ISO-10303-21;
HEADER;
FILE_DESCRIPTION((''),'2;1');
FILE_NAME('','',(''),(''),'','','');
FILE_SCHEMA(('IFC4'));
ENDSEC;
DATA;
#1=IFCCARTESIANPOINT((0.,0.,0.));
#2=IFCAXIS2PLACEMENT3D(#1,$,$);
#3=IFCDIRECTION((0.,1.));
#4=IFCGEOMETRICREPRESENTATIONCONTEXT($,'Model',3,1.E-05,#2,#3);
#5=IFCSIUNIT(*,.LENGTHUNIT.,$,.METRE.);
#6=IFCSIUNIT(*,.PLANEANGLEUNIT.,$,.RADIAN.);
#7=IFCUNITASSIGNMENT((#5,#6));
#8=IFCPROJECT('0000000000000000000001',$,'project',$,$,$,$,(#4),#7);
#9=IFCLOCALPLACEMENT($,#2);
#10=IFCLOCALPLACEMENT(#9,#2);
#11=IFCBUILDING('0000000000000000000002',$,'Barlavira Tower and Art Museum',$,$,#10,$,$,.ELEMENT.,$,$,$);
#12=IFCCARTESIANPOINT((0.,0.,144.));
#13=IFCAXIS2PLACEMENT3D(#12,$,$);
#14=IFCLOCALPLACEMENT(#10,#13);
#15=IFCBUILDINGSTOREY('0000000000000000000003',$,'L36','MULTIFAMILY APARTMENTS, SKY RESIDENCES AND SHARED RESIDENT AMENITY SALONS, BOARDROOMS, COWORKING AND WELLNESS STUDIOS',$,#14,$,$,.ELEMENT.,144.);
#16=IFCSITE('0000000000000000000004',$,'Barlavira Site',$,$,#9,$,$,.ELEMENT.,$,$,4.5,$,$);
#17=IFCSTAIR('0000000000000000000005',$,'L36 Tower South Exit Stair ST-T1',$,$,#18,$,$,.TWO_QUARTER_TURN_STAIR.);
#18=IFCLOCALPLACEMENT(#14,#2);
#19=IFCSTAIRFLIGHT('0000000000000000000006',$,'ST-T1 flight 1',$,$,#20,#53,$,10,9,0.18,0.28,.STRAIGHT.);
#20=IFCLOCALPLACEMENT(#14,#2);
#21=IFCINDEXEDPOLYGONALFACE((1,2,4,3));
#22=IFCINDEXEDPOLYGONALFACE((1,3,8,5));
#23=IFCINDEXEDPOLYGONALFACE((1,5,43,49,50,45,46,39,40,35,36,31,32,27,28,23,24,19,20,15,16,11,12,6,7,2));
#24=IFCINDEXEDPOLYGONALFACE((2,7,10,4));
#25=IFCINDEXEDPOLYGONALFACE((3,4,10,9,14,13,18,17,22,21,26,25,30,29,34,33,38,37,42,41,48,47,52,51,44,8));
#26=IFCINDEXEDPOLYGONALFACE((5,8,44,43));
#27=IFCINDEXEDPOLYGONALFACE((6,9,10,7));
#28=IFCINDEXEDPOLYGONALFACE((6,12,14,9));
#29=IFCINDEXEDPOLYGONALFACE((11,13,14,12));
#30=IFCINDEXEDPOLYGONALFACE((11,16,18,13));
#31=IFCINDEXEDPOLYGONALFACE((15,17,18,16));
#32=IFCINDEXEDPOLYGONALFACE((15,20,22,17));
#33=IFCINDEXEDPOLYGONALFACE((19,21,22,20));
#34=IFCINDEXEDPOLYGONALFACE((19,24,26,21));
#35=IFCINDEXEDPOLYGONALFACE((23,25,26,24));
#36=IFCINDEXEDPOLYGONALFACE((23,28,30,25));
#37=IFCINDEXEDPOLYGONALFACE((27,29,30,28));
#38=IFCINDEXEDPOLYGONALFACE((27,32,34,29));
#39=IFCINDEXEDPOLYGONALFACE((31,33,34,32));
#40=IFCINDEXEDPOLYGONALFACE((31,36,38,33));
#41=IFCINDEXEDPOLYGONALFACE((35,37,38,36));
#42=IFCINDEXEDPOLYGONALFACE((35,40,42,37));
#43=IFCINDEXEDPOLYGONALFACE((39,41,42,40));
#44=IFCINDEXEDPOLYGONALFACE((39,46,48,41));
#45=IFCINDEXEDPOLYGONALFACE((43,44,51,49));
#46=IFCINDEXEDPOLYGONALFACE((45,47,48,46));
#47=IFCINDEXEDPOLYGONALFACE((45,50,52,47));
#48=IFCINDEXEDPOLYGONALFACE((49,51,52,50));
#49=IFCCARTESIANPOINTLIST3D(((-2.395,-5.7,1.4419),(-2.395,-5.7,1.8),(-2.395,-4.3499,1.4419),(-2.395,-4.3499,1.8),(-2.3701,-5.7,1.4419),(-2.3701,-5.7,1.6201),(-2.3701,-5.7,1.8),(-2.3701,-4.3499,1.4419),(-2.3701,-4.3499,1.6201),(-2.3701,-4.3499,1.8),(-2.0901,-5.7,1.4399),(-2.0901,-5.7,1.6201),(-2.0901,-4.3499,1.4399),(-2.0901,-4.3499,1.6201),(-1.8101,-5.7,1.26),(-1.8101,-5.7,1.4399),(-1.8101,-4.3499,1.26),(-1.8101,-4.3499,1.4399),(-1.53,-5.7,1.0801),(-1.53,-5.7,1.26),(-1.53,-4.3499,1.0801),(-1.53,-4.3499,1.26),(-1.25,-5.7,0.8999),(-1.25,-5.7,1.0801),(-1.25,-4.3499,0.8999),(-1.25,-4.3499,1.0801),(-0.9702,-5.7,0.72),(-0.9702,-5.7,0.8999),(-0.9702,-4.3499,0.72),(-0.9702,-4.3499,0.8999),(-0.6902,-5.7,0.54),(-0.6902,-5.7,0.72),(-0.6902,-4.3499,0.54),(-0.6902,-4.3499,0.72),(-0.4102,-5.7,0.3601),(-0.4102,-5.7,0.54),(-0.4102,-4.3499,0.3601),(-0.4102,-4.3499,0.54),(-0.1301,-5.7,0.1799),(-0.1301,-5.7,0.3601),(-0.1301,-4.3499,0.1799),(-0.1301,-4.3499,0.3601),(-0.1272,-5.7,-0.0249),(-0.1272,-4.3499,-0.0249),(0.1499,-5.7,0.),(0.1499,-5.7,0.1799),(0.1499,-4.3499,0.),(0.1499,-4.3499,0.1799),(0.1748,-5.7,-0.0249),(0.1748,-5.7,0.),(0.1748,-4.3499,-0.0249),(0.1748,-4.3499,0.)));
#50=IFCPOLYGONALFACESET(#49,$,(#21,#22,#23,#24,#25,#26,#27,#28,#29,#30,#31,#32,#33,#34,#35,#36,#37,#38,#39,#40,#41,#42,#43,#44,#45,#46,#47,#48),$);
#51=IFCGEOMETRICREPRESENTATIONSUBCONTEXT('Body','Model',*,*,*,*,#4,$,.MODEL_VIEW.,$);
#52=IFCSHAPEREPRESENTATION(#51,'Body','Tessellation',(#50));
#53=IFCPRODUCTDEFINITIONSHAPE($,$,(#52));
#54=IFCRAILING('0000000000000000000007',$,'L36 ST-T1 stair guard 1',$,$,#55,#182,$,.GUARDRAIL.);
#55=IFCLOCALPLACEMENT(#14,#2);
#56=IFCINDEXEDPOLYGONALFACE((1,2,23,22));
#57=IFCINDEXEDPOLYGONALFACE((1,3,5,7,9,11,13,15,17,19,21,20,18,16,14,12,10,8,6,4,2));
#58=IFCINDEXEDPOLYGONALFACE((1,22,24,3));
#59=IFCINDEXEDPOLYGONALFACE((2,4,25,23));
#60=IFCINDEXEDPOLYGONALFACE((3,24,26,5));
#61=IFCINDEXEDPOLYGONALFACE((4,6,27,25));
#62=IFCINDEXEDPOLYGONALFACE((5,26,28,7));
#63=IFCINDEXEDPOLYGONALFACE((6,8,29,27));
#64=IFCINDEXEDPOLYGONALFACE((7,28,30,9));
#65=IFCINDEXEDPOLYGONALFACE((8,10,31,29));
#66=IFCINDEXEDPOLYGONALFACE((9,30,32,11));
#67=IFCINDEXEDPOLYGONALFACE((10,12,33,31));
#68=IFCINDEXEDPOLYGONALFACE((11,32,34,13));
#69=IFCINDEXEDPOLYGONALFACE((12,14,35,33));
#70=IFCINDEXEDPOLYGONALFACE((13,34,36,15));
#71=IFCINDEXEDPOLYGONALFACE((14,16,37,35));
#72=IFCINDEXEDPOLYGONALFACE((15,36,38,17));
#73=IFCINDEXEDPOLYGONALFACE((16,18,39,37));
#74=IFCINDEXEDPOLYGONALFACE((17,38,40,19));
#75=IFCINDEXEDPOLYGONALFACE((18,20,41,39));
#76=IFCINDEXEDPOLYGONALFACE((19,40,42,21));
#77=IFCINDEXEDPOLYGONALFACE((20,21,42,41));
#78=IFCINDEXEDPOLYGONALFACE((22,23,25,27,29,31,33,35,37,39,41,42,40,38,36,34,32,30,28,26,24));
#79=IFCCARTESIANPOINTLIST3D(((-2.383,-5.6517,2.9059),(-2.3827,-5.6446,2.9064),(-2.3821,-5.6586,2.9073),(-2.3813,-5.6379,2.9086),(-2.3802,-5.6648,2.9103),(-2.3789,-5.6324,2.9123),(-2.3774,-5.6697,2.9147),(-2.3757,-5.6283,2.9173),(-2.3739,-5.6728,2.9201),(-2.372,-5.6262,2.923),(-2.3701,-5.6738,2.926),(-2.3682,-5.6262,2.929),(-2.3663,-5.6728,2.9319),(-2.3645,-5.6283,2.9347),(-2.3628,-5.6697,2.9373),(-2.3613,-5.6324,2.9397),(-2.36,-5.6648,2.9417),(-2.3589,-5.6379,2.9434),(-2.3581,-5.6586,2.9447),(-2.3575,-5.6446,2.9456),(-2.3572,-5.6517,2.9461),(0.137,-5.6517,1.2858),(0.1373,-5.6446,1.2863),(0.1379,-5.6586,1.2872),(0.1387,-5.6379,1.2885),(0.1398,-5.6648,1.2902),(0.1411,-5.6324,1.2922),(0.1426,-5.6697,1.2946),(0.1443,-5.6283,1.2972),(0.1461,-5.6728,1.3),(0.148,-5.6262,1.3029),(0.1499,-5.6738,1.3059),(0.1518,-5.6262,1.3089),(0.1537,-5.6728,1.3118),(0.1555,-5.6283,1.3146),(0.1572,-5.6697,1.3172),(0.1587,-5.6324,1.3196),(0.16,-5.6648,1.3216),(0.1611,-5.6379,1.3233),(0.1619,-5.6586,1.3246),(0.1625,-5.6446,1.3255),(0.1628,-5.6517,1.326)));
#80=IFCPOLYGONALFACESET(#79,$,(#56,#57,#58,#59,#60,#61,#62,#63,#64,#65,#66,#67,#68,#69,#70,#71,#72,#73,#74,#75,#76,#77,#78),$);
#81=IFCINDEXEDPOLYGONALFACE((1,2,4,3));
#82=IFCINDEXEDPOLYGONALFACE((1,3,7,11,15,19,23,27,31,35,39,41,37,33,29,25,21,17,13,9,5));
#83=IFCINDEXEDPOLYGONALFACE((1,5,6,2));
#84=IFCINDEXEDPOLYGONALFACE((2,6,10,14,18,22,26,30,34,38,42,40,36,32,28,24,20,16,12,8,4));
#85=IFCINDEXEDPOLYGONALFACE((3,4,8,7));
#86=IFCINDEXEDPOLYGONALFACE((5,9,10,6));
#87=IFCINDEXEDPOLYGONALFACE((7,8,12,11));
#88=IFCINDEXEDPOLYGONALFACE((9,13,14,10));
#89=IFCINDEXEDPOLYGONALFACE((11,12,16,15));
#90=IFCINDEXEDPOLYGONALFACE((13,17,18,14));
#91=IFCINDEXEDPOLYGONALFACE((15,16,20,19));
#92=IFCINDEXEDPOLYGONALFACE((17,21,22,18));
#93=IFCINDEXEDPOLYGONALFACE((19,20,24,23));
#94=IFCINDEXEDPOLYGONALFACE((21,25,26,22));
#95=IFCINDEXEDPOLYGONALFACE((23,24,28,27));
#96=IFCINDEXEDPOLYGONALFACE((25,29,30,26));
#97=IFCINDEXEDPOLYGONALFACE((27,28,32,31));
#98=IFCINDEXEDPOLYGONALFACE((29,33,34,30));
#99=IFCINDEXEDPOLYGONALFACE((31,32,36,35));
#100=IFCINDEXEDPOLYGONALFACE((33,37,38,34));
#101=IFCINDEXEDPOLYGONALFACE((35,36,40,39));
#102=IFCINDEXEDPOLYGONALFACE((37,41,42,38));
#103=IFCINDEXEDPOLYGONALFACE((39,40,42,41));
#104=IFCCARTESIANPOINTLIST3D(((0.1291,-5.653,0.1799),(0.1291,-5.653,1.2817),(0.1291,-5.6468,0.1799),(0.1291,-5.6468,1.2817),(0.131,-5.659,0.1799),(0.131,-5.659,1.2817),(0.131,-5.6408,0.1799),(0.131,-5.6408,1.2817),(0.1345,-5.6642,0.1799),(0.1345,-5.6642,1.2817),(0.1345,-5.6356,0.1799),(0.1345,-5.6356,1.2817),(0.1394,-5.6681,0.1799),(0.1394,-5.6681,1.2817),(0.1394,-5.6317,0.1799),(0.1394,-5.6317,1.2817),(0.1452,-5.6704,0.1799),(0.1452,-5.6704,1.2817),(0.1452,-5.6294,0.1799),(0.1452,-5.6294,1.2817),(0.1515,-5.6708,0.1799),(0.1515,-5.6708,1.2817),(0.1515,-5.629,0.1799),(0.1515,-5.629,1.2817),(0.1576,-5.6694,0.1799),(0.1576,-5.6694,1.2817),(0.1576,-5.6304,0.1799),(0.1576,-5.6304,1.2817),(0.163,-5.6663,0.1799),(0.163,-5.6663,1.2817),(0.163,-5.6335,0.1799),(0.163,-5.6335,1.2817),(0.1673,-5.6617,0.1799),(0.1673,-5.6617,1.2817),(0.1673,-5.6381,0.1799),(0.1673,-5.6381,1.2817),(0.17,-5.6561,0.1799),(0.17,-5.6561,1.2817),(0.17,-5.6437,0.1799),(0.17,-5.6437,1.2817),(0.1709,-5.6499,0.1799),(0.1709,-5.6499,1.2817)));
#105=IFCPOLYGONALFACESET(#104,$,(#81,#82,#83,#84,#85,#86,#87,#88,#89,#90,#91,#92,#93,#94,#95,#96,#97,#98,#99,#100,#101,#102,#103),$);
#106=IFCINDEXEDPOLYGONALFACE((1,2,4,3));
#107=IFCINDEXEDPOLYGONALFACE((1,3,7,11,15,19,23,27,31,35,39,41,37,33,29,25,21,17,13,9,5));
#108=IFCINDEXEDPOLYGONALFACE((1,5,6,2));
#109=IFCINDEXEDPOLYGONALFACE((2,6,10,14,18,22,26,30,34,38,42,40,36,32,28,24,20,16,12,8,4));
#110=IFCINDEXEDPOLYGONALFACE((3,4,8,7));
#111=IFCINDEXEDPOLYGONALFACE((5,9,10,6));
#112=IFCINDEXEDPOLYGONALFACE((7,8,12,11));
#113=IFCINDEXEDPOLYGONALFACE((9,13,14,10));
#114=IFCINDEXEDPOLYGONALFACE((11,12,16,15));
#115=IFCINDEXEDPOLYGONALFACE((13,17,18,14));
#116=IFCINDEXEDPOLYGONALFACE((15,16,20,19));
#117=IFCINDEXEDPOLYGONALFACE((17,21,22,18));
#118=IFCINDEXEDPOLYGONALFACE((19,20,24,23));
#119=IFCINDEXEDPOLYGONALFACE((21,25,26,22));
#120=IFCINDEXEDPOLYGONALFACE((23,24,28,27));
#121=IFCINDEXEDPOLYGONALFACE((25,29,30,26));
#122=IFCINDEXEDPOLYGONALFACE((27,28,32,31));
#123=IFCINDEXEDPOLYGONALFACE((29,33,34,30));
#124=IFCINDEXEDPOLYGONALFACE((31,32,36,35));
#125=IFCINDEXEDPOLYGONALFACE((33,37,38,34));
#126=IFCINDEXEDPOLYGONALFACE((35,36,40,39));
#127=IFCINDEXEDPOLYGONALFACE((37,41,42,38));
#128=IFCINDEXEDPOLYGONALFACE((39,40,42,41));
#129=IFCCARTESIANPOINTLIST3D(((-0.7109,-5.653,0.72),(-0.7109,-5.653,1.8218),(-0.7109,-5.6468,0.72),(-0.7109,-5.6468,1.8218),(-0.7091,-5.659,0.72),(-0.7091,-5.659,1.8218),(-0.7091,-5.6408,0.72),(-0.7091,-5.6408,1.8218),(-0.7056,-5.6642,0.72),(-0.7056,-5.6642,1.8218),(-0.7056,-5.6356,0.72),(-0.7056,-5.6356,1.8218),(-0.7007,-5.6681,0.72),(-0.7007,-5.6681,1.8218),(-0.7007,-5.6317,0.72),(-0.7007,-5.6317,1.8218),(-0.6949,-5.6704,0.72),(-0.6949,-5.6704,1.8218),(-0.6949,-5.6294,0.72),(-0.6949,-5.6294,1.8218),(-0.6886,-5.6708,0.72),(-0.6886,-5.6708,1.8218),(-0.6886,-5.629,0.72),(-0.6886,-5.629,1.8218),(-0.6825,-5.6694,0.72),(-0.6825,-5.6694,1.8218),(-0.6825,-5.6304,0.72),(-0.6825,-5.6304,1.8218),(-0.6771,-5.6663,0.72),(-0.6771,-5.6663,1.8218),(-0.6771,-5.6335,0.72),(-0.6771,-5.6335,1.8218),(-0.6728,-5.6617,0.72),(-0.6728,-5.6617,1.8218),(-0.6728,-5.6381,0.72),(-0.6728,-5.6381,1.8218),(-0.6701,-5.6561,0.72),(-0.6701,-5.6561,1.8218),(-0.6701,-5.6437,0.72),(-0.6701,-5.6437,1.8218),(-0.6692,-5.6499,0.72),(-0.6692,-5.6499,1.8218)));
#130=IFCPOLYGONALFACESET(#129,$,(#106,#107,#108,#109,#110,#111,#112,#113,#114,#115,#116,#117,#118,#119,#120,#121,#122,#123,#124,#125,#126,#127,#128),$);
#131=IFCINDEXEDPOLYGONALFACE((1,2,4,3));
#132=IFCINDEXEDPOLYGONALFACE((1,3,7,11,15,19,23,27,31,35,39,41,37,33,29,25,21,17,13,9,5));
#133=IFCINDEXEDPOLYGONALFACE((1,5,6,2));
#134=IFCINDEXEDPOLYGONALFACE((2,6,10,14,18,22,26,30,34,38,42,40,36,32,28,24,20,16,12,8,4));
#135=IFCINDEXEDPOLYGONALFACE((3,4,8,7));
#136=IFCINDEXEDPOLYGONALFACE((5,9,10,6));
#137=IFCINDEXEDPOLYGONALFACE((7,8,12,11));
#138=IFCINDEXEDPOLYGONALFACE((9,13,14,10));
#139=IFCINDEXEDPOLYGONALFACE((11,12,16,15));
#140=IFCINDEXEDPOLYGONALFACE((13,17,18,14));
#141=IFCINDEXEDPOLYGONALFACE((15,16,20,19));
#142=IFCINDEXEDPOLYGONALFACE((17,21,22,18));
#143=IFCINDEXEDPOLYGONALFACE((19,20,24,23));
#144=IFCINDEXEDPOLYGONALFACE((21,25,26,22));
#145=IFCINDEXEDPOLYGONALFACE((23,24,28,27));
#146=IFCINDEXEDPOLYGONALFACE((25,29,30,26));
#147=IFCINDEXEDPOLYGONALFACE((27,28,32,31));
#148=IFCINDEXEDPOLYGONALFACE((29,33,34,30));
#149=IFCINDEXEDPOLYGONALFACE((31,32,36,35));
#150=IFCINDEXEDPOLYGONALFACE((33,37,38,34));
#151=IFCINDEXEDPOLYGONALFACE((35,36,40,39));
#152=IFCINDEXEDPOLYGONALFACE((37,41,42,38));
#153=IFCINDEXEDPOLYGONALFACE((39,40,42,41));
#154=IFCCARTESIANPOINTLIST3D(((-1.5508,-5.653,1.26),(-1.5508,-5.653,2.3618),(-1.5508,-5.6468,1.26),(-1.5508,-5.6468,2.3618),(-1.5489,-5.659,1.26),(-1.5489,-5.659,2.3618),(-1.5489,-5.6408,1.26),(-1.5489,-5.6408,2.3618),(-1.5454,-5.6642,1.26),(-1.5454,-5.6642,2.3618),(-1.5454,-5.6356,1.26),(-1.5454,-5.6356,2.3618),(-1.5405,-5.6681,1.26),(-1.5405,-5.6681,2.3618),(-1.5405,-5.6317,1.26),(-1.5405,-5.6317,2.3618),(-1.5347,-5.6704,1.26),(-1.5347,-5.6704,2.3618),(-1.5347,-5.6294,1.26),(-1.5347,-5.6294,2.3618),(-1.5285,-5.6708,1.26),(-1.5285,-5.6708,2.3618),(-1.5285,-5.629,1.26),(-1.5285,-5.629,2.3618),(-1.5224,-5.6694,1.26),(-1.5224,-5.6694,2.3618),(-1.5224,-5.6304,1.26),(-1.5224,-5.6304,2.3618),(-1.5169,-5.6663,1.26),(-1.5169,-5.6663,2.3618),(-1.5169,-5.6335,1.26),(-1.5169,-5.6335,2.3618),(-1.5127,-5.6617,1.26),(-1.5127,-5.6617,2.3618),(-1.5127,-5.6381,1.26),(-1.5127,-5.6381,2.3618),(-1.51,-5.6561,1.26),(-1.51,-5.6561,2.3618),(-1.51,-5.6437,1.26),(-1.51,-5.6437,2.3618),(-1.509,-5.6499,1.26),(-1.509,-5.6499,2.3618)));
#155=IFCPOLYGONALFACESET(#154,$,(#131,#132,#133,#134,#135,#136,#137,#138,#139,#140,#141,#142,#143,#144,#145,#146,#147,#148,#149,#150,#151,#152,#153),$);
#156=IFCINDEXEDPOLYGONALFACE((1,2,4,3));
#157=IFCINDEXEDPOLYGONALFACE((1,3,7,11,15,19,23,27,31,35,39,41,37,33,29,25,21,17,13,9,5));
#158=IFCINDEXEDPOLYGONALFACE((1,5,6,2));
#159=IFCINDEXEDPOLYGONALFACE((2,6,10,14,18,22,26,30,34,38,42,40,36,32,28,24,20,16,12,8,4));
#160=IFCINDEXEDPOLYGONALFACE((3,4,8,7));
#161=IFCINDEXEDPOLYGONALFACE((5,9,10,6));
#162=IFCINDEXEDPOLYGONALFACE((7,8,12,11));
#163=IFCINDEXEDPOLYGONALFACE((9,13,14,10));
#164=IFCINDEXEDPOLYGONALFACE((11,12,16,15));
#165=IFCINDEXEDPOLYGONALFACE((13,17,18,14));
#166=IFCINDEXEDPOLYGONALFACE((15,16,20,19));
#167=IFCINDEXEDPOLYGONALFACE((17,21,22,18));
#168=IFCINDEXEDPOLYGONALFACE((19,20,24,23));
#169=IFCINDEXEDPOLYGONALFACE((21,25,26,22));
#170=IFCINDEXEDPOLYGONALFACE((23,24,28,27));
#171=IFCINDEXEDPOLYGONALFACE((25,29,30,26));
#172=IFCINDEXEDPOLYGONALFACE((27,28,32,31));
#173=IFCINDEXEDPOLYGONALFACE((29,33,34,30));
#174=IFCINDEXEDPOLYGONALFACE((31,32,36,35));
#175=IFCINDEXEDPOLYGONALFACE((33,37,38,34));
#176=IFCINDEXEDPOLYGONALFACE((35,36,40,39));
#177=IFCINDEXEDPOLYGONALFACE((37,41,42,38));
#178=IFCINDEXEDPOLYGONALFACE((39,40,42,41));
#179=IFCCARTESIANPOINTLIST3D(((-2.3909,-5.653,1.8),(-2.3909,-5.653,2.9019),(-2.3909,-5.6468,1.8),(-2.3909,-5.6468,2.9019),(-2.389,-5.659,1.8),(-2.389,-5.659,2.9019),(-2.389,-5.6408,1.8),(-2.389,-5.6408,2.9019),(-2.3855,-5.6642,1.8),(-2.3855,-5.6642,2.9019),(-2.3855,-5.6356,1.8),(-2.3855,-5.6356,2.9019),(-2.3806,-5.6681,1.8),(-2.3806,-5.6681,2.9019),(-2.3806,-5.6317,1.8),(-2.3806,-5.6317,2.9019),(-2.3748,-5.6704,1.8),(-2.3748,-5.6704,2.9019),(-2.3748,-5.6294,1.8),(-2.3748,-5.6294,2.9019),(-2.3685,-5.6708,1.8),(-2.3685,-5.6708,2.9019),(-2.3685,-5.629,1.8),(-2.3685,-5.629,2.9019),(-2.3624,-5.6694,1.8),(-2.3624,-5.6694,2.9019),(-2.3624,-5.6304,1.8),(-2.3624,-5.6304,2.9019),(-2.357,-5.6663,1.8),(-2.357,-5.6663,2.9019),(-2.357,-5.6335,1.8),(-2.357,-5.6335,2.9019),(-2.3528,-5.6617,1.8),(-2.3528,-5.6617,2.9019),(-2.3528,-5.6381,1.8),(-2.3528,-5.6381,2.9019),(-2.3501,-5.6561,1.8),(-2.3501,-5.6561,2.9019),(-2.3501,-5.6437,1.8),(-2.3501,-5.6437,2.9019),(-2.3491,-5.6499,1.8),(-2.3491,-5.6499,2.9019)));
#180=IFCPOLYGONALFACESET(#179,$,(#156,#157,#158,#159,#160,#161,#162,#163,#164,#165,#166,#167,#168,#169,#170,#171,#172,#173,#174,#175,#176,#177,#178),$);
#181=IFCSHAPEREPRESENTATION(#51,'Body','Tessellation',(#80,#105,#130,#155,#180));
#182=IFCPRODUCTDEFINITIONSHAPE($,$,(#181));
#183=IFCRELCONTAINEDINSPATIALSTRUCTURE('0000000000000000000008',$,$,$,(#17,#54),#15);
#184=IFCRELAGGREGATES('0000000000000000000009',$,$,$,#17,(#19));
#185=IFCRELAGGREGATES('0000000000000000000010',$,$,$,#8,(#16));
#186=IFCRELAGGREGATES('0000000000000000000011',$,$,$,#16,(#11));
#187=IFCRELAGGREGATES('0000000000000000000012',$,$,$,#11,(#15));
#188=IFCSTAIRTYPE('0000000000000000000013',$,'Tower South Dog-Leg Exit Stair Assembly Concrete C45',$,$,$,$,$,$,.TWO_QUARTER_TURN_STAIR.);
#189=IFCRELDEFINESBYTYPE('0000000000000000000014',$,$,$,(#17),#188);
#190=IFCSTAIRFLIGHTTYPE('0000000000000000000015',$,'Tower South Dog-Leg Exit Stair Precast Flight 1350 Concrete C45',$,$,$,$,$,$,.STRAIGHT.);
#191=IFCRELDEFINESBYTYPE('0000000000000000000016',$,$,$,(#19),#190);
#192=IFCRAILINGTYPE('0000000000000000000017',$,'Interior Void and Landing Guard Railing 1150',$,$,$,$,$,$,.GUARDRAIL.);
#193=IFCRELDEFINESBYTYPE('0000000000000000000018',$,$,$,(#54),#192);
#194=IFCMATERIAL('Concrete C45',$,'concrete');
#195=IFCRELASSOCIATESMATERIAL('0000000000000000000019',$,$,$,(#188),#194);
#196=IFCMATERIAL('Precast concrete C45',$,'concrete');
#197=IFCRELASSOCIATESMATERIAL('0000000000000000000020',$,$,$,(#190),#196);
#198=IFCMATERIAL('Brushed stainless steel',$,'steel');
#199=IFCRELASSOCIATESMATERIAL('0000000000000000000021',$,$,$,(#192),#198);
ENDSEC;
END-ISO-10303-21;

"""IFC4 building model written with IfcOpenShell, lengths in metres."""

from ifc_helpers import new_model, si_unit, direction, frame, origin, origin_2d, place, context, subcontext, project, spatial, polyline, circle, outline, extrude, material, type_object, element, aggregate, save


model = new_model("IFC4")

# Units and contexts
model_context = context("Model", 3, precision=1e-05, world=origin(), true_north=direction((0.0, 1.0)))
body_context = subcontext(model_context, "Body", "Model", "MODEL_VIEW")
ifc_project = project(units=[si_unit("LENGTHUNIT", "METRE"), si_unit("PLANEANGLEUNIT", "RADIAN")], contexts=[model_context])

# Site, building, storey
site_placement = place(None, origin())
site = spatial("IfcSite", under=ifc_project, at=site_placement, Name="Barlavira Site", CompositionType="ELEMENT", RefElevation=4.5)
building_placement = place(site_placement, origin())
building = spatial("IfcBuilding", under=site, at=building_placement, Name="Barlavira Tower and Art Museum", CompositionType="ELEMENT")
storey_placement = place(building_placement, frame((0.0, 0.0, 144.0)))
storey = spatial("IfcBuildingStorey", under=building, at=storey_placement, Name="L36", Description="MULTIFAMILY APARTMENTS, SKY RESIDENCES AND SHARED RESIDENT AMENITY SALONS, BOARDROOMS, COWORKING AND WELLNESS STUDIOS", CompositionType="ELEMENT", Elevation=144.0)

# Shared definitions
ifc_material_1 = material(Name="Brushed stainless steel", Category="steel")

# Stair, stair flight
ifc_material_2 = material(Name="Concrete C45", Category="concrete")
stair_type = type_object("IfcStairType", Name="Tower South Dog-Leg Exit Stair Assembly Concrete C45", PredefinedType="TWO_QUARTER_TURN_STAIR", material=ifc_material_2)
stair_placement = place(storey_placement, origin())
stair = element("IfcStair", 1, at=stair_placement, inside=storey, type_object=stair_type, Name="L36 Tower South Exit Stair ST-T1", PredefinedType="TWO_QUARTER_TURN_STAIR")
ifc_material_3 = material(Name="Precast concrete C45", Category="concrete")
stair_flight_type = type_object("IfcStairFlightType", Name="Tower South Dog-Leg Exit Stair Precast Flight 1350 Concrete C45", PredefinedType="STRAIGHT", material=ifc_material_3)
stair_flight_placement = place(storey_placement, frame((0.1499, -5.0249, 0.0), z_axis=(0.0, 0.0, 1.0), x_axis=(-1.0, 0.0, 0.0)))
stair_flight = element("IfcStairFlight", 2, at=stair_flight_placement, type_object=stair_flight_type, Name="ST-T1 flight 1", NumberOfRisers=10, NumberOfTreads=9, PredefinedType="STRAIGHT", RiserHeight=0.18, TreadLength=0.28, context=body_context, shape_type="SweptSolid", body=[
    extrude(outline(polyline([(-0.0249, 0.0), (0.0, 0.0), (0.0, 0.1799), (0.28, 0.1799), (0.28, 0.3601), (0.5601, 0.3601), (0.5601, 0.54), (0.8401, 0.54), (0.8401, 0.72), (1.1201, 0.72), (1.1201, 0.8999), (1.3999, 0.8999), (1.3999, 1.0801), (1.6799, 1.0801), (1.6799, 1.26), (1.96, 1.26), (1.96, 1.4399), (2.24, 1.4399), (2.24, 1.6201), (2.52, 1.6201), (2.52, 1.8), (2.5449, 1.8), (2.5449, 1.4419), (2.52, 1.4419), (0.2771, -0.0249), (-0.0249, -0.0249), (-0.0249, 0.0)])), frame((0.0, 0.675, 0.0), z_axis=(0.0, -1.0, 0.0), x_axis=(1.0, 0.0, 0.0)), (0.0, 0.0, 1.0), 1.3501),
])
aggregate(stair, [stair_flight])

# Railing
railing_type_1 = type_object("IfcRailingType", Name="Interior Void and Landing Guard Railing 1150", PredefinedType="GUARDRAIL", material=ifc_material_1)
railing_1_placement = place(storey_placement, frame((0.1499, -5.6499, 0.1799)))
element("IfcRailing", 3, at=railing_1_placement, inside=storey, type_object=railing_type_1, Name="L36 ST-T1 stair guard 1", PredefinedType="GUARDRAIL", context=body_context, shape_type="SweptSolid", body=[
    extrude(circle(Radius=0.0239, at=origin_2d()), frame((0.0, 0.0, 1.126), z_axis=(-0.841163, 0.0, 0.540782), x_axis=(0.0, -1.0, 0.0)), (0.0, 0.0, 1.0), 2.9958),
    extrude(circle(Radius=0.021, at=origin_2d()), origin(), (0.0, 0.0, 1.0), 1.1018),
    extrude(circle(Radius=0.021, at=origin_2d()), frame((-0.8401, 0.0, 0.54)), (0.0, 0.0, 1.0), 1.1018),
    extrude(circle(Radius=0.021, at=origin_2d()), frame((-1.6799, 0.0, 1.0801)), (0.0, 0.0, 1.0), 1.1018),
    extrude(circle(Radius=0.021, at=origin_2d()), frame((-2.52, 0.0, 1.6201)), (0.0, 0.0, 1.0), 1.1018),
])

save(model, "model.ifc")
